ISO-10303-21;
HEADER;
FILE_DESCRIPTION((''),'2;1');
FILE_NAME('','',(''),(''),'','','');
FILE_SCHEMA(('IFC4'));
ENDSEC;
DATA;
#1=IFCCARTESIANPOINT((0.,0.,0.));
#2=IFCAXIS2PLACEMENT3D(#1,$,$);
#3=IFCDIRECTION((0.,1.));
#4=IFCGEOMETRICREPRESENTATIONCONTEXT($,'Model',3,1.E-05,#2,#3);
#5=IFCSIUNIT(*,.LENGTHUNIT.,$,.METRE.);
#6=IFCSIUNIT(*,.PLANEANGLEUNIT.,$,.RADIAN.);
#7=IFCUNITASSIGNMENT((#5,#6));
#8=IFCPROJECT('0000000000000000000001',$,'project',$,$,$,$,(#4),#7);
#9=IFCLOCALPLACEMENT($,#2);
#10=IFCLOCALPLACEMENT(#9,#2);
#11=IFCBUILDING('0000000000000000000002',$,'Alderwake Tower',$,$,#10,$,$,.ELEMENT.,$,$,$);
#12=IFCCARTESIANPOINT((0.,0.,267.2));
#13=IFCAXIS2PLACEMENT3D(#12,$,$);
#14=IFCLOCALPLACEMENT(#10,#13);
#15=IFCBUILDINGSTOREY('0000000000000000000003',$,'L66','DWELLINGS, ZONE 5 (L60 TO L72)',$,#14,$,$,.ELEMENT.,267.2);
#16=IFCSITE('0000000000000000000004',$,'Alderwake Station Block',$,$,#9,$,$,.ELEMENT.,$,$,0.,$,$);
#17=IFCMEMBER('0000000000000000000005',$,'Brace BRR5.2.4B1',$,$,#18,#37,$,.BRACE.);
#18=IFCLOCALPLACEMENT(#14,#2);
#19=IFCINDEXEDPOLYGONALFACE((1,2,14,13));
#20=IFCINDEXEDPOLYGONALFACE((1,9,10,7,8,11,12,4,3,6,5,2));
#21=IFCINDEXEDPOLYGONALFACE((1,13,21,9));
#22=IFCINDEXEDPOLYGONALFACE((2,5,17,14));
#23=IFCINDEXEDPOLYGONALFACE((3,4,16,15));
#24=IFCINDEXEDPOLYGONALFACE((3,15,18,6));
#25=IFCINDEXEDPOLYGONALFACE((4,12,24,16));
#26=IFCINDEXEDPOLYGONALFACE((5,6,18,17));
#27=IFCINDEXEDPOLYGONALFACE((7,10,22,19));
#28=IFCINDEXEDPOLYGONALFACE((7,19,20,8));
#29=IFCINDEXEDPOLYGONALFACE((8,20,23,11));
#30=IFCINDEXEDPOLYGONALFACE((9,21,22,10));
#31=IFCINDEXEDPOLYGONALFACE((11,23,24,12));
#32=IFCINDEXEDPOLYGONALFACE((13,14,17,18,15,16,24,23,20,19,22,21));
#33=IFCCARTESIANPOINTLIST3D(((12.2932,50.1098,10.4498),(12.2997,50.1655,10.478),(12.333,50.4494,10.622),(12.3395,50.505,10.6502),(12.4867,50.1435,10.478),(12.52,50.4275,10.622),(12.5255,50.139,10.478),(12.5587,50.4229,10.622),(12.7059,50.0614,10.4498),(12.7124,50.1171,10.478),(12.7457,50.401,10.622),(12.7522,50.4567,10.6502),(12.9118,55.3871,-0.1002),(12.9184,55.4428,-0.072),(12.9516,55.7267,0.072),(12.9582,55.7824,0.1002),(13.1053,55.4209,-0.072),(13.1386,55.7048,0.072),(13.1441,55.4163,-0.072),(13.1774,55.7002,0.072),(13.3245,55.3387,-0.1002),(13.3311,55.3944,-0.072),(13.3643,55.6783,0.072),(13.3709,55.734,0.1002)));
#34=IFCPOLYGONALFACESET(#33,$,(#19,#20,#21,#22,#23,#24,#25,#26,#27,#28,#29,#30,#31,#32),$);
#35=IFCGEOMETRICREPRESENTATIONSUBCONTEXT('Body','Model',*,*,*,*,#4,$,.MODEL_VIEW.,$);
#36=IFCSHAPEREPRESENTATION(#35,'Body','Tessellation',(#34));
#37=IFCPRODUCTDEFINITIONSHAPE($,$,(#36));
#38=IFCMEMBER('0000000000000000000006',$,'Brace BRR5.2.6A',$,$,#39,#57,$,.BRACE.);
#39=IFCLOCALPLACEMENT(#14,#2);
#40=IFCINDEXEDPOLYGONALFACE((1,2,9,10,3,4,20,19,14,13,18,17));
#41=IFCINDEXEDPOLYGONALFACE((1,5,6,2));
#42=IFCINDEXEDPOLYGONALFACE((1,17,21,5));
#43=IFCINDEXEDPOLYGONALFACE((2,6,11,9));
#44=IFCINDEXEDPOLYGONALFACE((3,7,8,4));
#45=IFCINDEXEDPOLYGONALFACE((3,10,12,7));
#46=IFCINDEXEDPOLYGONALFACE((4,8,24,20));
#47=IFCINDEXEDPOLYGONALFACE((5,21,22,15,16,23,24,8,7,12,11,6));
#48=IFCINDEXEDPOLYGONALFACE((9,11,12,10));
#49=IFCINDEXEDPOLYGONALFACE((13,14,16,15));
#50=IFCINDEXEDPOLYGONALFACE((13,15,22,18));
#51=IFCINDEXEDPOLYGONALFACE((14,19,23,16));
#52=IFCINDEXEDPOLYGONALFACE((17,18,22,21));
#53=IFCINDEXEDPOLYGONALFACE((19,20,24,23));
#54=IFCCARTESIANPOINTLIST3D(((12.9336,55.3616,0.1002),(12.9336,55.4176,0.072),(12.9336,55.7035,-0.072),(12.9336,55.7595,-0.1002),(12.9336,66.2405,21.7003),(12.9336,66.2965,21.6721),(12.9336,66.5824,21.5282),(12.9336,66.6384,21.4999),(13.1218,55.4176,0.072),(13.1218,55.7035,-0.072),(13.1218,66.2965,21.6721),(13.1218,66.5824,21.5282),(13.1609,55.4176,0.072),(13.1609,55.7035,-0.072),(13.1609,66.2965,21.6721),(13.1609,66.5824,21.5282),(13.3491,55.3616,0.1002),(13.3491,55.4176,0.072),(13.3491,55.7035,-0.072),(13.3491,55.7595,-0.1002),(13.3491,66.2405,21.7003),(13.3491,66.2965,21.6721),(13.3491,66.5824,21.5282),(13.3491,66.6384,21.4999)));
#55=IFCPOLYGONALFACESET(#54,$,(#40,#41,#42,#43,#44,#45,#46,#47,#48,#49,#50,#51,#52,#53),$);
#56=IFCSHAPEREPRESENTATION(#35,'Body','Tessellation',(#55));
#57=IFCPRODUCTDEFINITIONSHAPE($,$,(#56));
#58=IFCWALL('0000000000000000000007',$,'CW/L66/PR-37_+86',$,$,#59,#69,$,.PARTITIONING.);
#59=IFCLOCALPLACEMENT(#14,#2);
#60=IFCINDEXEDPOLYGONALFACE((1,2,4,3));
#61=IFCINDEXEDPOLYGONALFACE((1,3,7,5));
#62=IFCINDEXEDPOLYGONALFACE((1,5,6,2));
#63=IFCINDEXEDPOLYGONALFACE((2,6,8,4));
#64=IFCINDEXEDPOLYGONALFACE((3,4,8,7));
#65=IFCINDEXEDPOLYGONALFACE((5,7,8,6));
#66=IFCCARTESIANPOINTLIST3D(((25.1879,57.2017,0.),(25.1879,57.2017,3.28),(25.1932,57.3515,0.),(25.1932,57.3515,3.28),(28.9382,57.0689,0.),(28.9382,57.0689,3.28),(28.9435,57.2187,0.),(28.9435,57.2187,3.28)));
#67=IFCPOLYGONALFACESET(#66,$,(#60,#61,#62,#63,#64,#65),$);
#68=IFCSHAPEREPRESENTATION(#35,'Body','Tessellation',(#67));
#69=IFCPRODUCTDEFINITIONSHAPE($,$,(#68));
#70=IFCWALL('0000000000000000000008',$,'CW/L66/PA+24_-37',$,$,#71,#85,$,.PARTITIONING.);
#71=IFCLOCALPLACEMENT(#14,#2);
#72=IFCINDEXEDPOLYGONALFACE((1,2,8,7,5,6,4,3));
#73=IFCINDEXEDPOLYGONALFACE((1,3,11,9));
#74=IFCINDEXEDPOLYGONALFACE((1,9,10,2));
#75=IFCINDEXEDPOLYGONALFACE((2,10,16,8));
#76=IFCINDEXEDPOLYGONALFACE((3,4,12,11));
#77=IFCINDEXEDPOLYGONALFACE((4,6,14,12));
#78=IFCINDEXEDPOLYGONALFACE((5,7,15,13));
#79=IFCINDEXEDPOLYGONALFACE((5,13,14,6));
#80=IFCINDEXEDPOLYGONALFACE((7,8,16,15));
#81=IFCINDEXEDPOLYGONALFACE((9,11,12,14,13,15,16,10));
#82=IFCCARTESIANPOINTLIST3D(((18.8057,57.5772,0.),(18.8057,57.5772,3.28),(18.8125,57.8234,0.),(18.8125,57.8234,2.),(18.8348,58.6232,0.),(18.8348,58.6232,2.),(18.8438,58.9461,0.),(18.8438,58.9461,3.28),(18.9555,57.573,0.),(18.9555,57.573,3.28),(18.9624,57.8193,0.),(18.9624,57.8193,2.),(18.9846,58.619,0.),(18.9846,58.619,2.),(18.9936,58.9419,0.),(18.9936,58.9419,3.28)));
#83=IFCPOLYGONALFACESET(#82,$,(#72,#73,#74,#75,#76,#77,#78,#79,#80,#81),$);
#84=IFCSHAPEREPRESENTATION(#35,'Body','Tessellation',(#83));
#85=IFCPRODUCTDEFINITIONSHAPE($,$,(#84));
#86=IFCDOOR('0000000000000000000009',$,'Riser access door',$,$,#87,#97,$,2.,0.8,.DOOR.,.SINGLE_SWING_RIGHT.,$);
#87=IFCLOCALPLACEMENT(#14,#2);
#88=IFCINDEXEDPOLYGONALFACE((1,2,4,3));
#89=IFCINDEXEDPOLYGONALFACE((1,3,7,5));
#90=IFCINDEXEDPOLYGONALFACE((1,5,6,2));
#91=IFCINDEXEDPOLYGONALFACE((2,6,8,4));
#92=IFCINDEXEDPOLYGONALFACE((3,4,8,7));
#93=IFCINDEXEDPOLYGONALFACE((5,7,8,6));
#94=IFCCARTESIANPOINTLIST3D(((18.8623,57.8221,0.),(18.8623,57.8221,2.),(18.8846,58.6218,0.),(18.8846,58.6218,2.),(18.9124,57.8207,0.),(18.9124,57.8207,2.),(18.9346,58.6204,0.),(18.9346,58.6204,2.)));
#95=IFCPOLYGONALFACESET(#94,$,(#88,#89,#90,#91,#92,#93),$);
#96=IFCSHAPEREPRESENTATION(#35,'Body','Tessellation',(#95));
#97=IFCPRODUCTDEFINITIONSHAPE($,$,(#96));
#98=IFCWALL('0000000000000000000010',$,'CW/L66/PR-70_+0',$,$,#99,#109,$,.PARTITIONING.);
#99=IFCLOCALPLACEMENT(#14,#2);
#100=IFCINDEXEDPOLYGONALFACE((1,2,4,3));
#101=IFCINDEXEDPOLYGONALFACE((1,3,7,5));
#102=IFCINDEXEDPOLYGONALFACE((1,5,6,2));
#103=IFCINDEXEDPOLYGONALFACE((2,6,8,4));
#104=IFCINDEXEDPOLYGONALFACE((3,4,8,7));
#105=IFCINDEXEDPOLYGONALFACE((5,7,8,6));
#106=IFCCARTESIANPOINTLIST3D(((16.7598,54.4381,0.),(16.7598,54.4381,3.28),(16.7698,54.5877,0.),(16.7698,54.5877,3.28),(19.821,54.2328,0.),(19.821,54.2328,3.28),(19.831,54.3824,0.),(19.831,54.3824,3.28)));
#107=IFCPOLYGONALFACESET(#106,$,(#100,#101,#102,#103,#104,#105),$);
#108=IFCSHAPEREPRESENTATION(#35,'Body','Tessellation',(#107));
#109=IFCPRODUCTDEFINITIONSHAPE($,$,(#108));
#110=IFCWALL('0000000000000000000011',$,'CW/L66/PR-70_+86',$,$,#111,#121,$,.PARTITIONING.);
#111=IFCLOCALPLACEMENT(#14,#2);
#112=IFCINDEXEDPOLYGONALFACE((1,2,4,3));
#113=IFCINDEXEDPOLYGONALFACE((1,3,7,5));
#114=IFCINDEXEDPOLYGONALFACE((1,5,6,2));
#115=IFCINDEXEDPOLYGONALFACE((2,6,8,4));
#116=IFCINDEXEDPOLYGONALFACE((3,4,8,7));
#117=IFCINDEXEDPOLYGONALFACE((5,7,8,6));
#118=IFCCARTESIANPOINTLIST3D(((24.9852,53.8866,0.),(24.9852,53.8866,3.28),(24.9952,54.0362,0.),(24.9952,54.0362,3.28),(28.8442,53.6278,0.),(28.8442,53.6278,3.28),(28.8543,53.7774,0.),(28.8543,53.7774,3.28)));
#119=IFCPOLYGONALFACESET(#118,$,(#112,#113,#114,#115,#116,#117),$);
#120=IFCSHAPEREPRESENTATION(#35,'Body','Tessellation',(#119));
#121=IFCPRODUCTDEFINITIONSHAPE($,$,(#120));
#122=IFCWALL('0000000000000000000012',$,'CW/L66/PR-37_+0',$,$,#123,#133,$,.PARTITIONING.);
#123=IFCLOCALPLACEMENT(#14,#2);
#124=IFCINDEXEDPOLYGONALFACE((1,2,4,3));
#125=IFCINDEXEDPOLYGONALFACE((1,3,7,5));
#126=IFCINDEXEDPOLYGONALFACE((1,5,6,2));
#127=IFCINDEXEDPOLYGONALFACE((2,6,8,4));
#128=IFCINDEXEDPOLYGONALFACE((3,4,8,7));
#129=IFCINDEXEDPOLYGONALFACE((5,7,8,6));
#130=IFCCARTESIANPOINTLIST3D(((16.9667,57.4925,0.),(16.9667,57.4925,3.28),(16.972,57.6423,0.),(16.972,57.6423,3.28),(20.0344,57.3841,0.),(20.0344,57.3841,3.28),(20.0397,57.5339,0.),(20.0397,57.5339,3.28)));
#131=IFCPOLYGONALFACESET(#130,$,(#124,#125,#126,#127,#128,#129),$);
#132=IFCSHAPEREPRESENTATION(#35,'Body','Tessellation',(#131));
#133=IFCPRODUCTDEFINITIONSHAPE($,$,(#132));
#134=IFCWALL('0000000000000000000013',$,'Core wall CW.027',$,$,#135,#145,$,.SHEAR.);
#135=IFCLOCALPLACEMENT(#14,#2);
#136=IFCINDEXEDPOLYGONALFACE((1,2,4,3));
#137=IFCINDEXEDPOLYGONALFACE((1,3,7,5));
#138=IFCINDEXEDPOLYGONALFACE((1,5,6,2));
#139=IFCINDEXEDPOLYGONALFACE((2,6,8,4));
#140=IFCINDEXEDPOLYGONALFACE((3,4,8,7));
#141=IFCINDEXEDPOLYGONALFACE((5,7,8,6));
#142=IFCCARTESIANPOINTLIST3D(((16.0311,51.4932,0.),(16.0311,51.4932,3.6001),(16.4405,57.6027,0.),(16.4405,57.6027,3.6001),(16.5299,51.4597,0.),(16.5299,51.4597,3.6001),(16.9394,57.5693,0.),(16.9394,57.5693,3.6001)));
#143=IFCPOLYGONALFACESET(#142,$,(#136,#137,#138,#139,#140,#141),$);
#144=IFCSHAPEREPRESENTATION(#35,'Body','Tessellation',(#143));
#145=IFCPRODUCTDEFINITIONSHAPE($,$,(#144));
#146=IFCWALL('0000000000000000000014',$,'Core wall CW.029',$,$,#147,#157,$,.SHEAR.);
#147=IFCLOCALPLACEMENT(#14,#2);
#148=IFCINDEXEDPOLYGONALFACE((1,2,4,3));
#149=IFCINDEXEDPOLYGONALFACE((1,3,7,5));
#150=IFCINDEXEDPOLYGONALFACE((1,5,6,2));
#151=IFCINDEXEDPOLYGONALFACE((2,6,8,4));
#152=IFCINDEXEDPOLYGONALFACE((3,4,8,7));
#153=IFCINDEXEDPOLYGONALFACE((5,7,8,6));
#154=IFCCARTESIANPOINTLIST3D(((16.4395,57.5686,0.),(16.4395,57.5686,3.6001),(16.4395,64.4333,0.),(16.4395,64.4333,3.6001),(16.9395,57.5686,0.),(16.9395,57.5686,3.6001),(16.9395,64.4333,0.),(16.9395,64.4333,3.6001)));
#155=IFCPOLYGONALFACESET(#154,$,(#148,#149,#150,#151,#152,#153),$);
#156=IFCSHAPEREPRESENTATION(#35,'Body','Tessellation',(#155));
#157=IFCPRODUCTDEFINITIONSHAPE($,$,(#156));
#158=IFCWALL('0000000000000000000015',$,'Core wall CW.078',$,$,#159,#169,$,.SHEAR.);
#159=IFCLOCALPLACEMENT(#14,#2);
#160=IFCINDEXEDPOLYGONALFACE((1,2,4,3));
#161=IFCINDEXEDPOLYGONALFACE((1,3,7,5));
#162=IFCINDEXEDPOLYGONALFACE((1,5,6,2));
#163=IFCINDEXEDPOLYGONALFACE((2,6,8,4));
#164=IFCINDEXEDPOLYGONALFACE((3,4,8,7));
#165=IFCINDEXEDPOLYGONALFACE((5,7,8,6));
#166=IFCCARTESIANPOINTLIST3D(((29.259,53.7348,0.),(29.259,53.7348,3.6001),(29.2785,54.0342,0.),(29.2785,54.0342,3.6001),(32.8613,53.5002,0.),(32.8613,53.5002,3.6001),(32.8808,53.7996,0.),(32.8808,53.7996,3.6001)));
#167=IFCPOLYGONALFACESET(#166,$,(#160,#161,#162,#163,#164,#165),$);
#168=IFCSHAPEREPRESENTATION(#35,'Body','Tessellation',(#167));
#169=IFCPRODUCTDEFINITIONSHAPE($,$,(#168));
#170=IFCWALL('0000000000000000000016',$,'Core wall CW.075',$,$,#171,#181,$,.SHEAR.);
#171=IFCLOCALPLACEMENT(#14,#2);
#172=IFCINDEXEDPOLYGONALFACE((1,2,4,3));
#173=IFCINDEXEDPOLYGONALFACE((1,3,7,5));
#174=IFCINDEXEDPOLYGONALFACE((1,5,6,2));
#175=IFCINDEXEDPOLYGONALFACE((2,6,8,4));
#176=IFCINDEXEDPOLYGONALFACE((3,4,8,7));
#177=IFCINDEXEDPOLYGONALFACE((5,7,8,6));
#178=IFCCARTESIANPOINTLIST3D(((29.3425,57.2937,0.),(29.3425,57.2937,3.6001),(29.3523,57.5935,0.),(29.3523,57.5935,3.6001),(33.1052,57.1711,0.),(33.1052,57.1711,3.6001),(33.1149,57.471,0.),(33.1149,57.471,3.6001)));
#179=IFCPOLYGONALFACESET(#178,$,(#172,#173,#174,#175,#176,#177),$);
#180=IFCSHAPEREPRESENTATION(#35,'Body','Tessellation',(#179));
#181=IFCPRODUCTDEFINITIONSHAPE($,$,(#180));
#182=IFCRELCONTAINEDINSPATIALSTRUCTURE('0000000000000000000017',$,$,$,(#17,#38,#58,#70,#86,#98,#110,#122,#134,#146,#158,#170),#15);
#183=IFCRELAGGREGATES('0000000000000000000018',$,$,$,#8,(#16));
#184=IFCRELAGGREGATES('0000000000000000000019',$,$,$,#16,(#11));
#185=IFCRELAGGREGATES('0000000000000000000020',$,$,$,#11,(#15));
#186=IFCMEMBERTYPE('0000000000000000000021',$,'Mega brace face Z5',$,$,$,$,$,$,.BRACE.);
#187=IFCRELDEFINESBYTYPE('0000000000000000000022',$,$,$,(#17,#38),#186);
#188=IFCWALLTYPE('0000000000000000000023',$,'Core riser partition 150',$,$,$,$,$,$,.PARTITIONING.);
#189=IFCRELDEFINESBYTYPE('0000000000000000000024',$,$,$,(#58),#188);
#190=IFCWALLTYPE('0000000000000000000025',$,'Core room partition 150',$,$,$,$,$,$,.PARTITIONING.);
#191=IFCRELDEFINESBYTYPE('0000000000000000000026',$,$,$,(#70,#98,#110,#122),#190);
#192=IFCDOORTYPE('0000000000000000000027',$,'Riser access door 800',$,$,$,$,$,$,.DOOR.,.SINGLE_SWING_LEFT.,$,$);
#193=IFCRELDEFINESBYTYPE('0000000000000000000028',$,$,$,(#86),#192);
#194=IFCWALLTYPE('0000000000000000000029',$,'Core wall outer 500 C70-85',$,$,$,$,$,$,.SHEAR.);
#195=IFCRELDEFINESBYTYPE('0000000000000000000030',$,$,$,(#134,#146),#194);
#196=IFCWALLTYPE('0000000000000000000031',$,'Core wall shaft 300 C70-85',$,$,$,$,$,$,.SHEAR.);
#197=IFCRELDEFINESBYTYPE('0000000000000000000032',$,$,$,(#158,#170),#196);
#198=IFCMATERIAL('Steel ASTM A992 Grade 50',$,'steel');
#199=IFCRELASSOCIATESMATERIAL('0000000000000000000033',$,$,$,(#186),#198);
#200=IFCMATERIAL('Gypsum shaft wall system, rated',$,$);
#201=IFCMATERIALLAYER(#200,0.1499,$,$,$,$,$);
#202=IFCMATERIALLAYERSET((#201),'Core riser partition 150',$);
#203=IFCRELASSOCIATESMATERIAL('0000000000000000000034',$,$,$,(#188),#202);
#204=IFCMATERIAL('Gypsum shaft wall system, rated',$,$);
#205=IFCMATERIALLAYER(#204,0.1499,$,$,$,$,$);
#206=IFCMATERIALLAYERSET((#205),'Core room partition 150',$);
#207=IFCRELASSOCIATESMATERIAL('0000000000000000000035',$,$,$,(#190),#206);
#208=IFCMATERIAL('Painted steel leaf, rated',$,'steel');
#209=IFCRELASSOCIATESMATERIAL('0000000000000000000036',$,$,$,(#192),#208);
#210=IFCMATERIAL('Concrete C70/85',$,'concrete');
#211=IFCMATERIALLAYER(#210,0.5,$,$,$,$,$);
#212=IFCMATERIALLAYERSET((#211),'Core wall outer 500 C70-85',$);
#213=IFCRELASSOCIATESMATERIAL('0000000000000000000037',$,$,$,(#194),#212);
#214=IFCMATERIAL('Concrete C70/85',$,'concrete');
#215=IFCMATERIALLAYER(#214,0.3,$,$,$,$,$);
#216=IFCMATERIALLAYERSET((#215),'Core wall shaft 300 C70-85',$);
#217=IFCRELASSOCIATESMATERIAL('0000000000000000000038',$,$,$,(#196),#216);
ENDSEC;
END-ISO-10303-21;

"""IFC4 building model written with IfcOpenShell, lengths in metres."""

from ifc_helpers import new_model, si_unit, direction, frame, frame_2d, origin, origin_2d, place, context, subcontext, project, spatial, rectangle, i_section, extrude, material, layer, layer_set, material_profile, profile_set, type_object, element, fill, save


model = new_model("IFC4")

# Units and contexts
model_context = context("Model", 3, precision=1e-05, world=origin(), true_north=direction((0.0, 1.0)))
body_context = subcontext(model_context, "Body", "Model", "MODEL_VIEW")
ifc_project = project(units=[si_unit("LENGTHUNIT", "METRE"), si_unit("PLANEANGLEUNIT", "RADIAN")], contexts=[model_context])

# Site, building, storey
site_placement = place(None, origin())
site = spatial("IfcSite", under=ifc_project, at=site_placement, Name="Alderwake Station Block", CompositionType="ELEMENT", RefElevation=0.0)
building_placement = place(site_placement, origin())
building = spatial("IfcBuilding", under=site, at=building_placement, Name="Alderwake Tower", CompositionType="ELEMENT")
storey_placement = place(building_placement, frame((0.0, 0.0, 267.2)))
storey = spatial("IfcBuildingStorey", under=building, at=storey_placement, Name="L66", Description="DWELLINGS, ZONE 5 (L60 TO L72)", CompositionType="ELEMENT", Elevation=267.2)

# Members
ifc_material_1 = material(Name="Steel ASTM A992 Grade 50", Category="steel")
ifc_material_profile_1 = material_profile(ifc_material_1, i_section(OverallWidth=0.4155, OverallDepth=0.4456, WebThickness=0.0391, FlangeThickness=0.0627, at=origin_2d()), Name="W14X342")
ifc_profile_set_1 = profile_set([ifc_material_profile_1], Name="Steel ASTM A992 Grade 50")
member_type = type_object("IfcMemberType", Name="Mega brace face Z5", PredefinedType="BRACE", material=ifc_profile_set_1)
member_1_placement = place(storey_placement, frame((13.1414, 55.5605, 0.0), z_axis=(-0.052372, -0.446757, 0.893121), x_axis=(0.993199, -0.116431, 0.0)))
element("IfcMember", 1, at=member_1_placement, inside=storey, type_object=member_type, Name="Brace BRR5.2.4B1", PredefinedType="BRACE", context=body_context, shape_type="SweptSolid", body=[
    extrude(i_section(OverallWidth=0.4155, OverallDepth=0.4456, WebThickness=0.0391, FlangeThickness=0.0627, at=origin_2d()), origin(), (0.0, 0.0, 1.0), 11.8125),
])
member_2_placement = place(storey_placement, frame((13.1414, 55.5605, 0.0), z_axis=(0.0, 0.44982, 0.893119), x_axis=(-1.0, 0.0, 0.0)))
element("IfcMember", 2, at=member_2_placement, inside=storey, type_object=member_type, Name="Brace BRR5.2.6A", PredefinedType="BRACE", context=body_context, shape_type="SweptSolid", body=[
    extrude(i_section(OverallWidth=0.4155, OverallDepth=0.4456, WebThickness=0.0391, FlangeThickness=0.0627, at=origin_2d()), origin(), (0.0, 0.0, 1.0), 24.1851),
])

# Wall
ifc_material_2 = material(Name="Gypsum shaft wall system, rated")
ifc_layer_1 = layer(ifc_material_2, 0.1499)
ifc_layer_set_1 = layer_set([ifc_layer_1], Name="Core riser partition 150")
wall_type_1 = type_object("IfcWallType", Name="Core riser partition 150", PredefinedType="PARTITIONING", material=ifc_layer_set_1)
wall_1_placement = place(storey_placement, frame((25.1904, 57.2766, 0.0), z_axis=(0.0, 0.0, 1.0), x_axis=(0.999374, -0.035392, 0.0)))
element("IfcWall", 3, at=wall_1_placement, inside=storey, type_object=wall_type_1, Name="CW/L66/PR-37_+86", PredefinedType="PARTITIONING", context=body_context, shape_type="SweptSolid", body=[
    extrude(rectangle(XDim=3.7527, YDim=0.1499, at=frame_2d((1.8765, 0.0))), origin(), (0.0, 0.0, 1.0), 3.28),
])

# Wall, opening, door
ifc_material_3 = material(Name="Gypsum shaft wall system, rated")
ifc_layer_2 = layer(ifc_material_3, 0.1499)
ifc_layer_set_2 = layer_set([ifc_layer_2], Name="Core room partition 150")
wall_type_2 = type_object("IfcWallType", Name="Core room partition 150", PredefinedType="PARTITIONING", material=ifc_layer_set_2)
wall_2_placement = place(storey_placement, frame((18.9187, 58.9438, 0.0), z_axis=(0.0, 0.0, 1.0), x_axis=(-0.027812, -0.999613, 0.0)))
wall_2 = element("IfcWall", 4, at=wall_2_placement, inside=storey, type_object=wall_type_2, Name="CW/L66/PA+24_-37", PredefinedType="PARTITIONING", context=body_context, shape_type="SweptSolid", body=[
    extrude(rectangle(XDim=1.3694, YDim=0.1499, at=frame_2d((0.6846, 0.0))), origin(), (0.0, 0.0, 1.0), 3.28),
])
opening_1_placement = place(wall_2_placement, frame((0.323, 0.0, 0.0)))
opening_1 = element("IfcOpeningElement", 5, at=opening_1_placement, cuts=wall_2, PredefinedType="OPENING", context=body_context, shape_type="SweptSolid", body=[
    extrude(rectangle(XDim=0.8, YDim=2.0, at=frame_2d((0.3999, 1.0))), frame((0.0, 0.085, 0.0), z_axis=(0.0, -1.0, 0.0), x_axis=(1.0, 0.0, 0.0)), (0.0, 0.0, 1.0), 0.1699),
])
ifc_material_4 = material(Name="Painted steel leaf, rated", Category="steel")
door_type_1 = type_object("IfcDoorType", Name="Riser access door 800", OperationType="SINGLE_SWING_LEFT", PredefinedType="DOOR", material=ifc_material_4)
door_1_placement = place(opening_1_placement, origin())
door_1 = element("IfcDoor", 6, at=door_1_placement, inside=storey, type_object=door_type_1, Name="Riser access door", OperationType="SINGLE_SWING_RIGHT", OverallHeight=2.0, OverallWidth=0.8, PredefinedType="DOOR", context=body_context, shape_type="SweptSolid", body=[
    extrude(rectangle(XDim=0.8, YDim=2.0, at=frame_2d((0.3999, 1.0))), frame((0.0, 0.0249, 0.0), z_axis=(0.0, -1.0, 0.0), x_axis=(1.0, 0.0, 0.0)), (0.0, 0.0, 1.0), 0.05),
])
fill(opening_1, door_1)

# Walls
wall_3_placement = place(storey_placement, frame((16.7646, 54.5129, 0.0), z_axis=(0.0, 0.0, 1.0), x_axis=(0.997758, -0.06692, 0.0)))
element("IfcWall", 7, at=wall_3_placement, inside=storey, type_object=wall_type_2, Name="CW/L66/PR-70_+0", PredefinedType="PARTITIONING", context=body_context, shape_type="SweptSolid", body=[
    extrude(rectangle(XDim=3.0681, YDim=0.1499, at=frame_2d((1.5342, 0.0))), origin(), (0.0, 0.0, 1.0), 3.28),
])
wall_4_placement = place(storey_placement, frame((24.9902, 53.9614, 0.0), z_axis=(0.0, 0.0, 1.0), x_axis=(0.997759, -0.066913, 0.0)))
element("IfcWall", 8, at=wall_4_placement, inside=storey, type_object=wall_type_2, Name="CW/L66/PR-70_+86", PredefinedType="PARTITIONING", context=body_context, shape_type="SweptSolid", body=[
    extrude(rectangle(XDim=3.8677, YDim=0.1499, at=frame_2d((1.9338, 0.0))), origin(), (0.0, 0.0, 1.0), 3.28),
])
wall_5_placement = place(storey_placement, frame((16.9695, 57.5674, 0.0), z_axis=(0.0, 0.0, 1.0), x_axis=(0.999376, -0.035314, 0.0)))
element("IfcWall", 9, at=wall_5_placement, inside=storey, type_object=wall_type_2, Name="CW/L66/PR-37_+0", PredefinedType="PARTITIONING", context=body_context, shape_type="SweptSolid", body=[
    extrude(rectangle(XDim=3.0696, YDim=0.1499, at=frame_2d((1.5347, 0.0))), origin(), (0.0, 0.0, 1.0), 3.28),
])
ifc_material_5 = material(Name="Concrete C70/85", Category="concrete")
ifc_layer_3 = layer(ifc_material_5, 0.5)
ifc_layer_set_3 = layer_set([ifc_layer_3], Name="Core wall outer 500 C70-85")
wall_type_3 = type_object("IfcWallType", Name="Core wall outer 500 C70-85", PredefinedType="SHEAR", material=ifc_layer_set_3)
wall_6_placement = place(storey_placement, frame((16.2805, 51.4766, 0.0), z_axis=(0.0, 0.0, 1.0), x_axis=(0.066863, 0.997762, 0.0)))
element("IfcWall", 10, at=wall_6_placement, inside=storey, type_object=wall_type_3, Name="Core wall CW.027", PredefinedType="SHEAR", context=body_context, shape_type="SweptSolid", body=[
    extrude(rectangle(XDim=6.1233, YDim=0.5, at=frame_2d((3.0615, 0.0))), origin(), (0.0, 0.0, 1.0), 3.6001),
])
wall_7_placement = place(storey_placement, frame((16.6895, 57.5686, 0.0), z_axis=(0.0, 0.0, 1.0), x_axis=(0.0, 1.0, 0.0)))
element("IfcWall", 11, at=wall_7_placement, inside=storey, type_object=wall_type_3, Name="Core wall CW.029", PredefinedType="SHEAR", context=body_context, shape_type="SweptSolid", body=[
    extrude(rectangle(XDim=6.8647, YDim=0.5, at=frame_2d((3.4324, 0.0))), origin(), (0.0, 0.0, 1.0), 3.6001),
])
ifc_material_6 = material(Name="Concrete C70/85", Category="concrete")
ifc_layer_4 = layer(ifc_material_6, 0.3)
ifc_layer_set_4 = layer_set([ifc_layer_4], Name="Core wall shaft 300 C70-85")
wall_type_4 = type_object("IfcWallType", Name="Core wall shaft 300 C70-85", PredefinedType="SHEAR", material=ifc_layer_set_4)
wall_8_placement = place(storey_placement, frame((29.2688, 53.8845, 0.0), z_axis=(0.0, 0.0, 1.0), x_axis=(0.997886, -0.064993, 0.0)))
element("IfcWall", 12, at=wall_8_placement, inside=storey, type_object=wall_type_4, Name="Core wall CW.078", PredefinedType="SHEAR", context=body_context, shape_type="SweptSolid", body=[
    extrude(rectangle(XDim=3.6099, YDim=0.3, at=frame_2d((1.8049, 0.0))), origin(), (0.0, 0.0, 1.0), 3.6001),
])
wall_9_placement = place(storey_placement, frame((29.3474, 57.4436, 0.0), z_axis=(0.0, 0.0, 1.0), x_axis=(0.99947, -0.032555, 0.0)))
element("IfcWall", 13, at=wall_9_placement, inside=storey, type_object=wall_type_4, Name="Core wall CW.075", PredefinedType="SHEAR", context=body_context, shape_type="SweptSolid", body=[
    extrude(rectangle(XDim=3.7646, YDim=0.3, at=frame_2d((1.8823, 0.0))), origin(), (0.0, 0.0, 1.0), 3.6001),
])

save(model, "model.ifc")
